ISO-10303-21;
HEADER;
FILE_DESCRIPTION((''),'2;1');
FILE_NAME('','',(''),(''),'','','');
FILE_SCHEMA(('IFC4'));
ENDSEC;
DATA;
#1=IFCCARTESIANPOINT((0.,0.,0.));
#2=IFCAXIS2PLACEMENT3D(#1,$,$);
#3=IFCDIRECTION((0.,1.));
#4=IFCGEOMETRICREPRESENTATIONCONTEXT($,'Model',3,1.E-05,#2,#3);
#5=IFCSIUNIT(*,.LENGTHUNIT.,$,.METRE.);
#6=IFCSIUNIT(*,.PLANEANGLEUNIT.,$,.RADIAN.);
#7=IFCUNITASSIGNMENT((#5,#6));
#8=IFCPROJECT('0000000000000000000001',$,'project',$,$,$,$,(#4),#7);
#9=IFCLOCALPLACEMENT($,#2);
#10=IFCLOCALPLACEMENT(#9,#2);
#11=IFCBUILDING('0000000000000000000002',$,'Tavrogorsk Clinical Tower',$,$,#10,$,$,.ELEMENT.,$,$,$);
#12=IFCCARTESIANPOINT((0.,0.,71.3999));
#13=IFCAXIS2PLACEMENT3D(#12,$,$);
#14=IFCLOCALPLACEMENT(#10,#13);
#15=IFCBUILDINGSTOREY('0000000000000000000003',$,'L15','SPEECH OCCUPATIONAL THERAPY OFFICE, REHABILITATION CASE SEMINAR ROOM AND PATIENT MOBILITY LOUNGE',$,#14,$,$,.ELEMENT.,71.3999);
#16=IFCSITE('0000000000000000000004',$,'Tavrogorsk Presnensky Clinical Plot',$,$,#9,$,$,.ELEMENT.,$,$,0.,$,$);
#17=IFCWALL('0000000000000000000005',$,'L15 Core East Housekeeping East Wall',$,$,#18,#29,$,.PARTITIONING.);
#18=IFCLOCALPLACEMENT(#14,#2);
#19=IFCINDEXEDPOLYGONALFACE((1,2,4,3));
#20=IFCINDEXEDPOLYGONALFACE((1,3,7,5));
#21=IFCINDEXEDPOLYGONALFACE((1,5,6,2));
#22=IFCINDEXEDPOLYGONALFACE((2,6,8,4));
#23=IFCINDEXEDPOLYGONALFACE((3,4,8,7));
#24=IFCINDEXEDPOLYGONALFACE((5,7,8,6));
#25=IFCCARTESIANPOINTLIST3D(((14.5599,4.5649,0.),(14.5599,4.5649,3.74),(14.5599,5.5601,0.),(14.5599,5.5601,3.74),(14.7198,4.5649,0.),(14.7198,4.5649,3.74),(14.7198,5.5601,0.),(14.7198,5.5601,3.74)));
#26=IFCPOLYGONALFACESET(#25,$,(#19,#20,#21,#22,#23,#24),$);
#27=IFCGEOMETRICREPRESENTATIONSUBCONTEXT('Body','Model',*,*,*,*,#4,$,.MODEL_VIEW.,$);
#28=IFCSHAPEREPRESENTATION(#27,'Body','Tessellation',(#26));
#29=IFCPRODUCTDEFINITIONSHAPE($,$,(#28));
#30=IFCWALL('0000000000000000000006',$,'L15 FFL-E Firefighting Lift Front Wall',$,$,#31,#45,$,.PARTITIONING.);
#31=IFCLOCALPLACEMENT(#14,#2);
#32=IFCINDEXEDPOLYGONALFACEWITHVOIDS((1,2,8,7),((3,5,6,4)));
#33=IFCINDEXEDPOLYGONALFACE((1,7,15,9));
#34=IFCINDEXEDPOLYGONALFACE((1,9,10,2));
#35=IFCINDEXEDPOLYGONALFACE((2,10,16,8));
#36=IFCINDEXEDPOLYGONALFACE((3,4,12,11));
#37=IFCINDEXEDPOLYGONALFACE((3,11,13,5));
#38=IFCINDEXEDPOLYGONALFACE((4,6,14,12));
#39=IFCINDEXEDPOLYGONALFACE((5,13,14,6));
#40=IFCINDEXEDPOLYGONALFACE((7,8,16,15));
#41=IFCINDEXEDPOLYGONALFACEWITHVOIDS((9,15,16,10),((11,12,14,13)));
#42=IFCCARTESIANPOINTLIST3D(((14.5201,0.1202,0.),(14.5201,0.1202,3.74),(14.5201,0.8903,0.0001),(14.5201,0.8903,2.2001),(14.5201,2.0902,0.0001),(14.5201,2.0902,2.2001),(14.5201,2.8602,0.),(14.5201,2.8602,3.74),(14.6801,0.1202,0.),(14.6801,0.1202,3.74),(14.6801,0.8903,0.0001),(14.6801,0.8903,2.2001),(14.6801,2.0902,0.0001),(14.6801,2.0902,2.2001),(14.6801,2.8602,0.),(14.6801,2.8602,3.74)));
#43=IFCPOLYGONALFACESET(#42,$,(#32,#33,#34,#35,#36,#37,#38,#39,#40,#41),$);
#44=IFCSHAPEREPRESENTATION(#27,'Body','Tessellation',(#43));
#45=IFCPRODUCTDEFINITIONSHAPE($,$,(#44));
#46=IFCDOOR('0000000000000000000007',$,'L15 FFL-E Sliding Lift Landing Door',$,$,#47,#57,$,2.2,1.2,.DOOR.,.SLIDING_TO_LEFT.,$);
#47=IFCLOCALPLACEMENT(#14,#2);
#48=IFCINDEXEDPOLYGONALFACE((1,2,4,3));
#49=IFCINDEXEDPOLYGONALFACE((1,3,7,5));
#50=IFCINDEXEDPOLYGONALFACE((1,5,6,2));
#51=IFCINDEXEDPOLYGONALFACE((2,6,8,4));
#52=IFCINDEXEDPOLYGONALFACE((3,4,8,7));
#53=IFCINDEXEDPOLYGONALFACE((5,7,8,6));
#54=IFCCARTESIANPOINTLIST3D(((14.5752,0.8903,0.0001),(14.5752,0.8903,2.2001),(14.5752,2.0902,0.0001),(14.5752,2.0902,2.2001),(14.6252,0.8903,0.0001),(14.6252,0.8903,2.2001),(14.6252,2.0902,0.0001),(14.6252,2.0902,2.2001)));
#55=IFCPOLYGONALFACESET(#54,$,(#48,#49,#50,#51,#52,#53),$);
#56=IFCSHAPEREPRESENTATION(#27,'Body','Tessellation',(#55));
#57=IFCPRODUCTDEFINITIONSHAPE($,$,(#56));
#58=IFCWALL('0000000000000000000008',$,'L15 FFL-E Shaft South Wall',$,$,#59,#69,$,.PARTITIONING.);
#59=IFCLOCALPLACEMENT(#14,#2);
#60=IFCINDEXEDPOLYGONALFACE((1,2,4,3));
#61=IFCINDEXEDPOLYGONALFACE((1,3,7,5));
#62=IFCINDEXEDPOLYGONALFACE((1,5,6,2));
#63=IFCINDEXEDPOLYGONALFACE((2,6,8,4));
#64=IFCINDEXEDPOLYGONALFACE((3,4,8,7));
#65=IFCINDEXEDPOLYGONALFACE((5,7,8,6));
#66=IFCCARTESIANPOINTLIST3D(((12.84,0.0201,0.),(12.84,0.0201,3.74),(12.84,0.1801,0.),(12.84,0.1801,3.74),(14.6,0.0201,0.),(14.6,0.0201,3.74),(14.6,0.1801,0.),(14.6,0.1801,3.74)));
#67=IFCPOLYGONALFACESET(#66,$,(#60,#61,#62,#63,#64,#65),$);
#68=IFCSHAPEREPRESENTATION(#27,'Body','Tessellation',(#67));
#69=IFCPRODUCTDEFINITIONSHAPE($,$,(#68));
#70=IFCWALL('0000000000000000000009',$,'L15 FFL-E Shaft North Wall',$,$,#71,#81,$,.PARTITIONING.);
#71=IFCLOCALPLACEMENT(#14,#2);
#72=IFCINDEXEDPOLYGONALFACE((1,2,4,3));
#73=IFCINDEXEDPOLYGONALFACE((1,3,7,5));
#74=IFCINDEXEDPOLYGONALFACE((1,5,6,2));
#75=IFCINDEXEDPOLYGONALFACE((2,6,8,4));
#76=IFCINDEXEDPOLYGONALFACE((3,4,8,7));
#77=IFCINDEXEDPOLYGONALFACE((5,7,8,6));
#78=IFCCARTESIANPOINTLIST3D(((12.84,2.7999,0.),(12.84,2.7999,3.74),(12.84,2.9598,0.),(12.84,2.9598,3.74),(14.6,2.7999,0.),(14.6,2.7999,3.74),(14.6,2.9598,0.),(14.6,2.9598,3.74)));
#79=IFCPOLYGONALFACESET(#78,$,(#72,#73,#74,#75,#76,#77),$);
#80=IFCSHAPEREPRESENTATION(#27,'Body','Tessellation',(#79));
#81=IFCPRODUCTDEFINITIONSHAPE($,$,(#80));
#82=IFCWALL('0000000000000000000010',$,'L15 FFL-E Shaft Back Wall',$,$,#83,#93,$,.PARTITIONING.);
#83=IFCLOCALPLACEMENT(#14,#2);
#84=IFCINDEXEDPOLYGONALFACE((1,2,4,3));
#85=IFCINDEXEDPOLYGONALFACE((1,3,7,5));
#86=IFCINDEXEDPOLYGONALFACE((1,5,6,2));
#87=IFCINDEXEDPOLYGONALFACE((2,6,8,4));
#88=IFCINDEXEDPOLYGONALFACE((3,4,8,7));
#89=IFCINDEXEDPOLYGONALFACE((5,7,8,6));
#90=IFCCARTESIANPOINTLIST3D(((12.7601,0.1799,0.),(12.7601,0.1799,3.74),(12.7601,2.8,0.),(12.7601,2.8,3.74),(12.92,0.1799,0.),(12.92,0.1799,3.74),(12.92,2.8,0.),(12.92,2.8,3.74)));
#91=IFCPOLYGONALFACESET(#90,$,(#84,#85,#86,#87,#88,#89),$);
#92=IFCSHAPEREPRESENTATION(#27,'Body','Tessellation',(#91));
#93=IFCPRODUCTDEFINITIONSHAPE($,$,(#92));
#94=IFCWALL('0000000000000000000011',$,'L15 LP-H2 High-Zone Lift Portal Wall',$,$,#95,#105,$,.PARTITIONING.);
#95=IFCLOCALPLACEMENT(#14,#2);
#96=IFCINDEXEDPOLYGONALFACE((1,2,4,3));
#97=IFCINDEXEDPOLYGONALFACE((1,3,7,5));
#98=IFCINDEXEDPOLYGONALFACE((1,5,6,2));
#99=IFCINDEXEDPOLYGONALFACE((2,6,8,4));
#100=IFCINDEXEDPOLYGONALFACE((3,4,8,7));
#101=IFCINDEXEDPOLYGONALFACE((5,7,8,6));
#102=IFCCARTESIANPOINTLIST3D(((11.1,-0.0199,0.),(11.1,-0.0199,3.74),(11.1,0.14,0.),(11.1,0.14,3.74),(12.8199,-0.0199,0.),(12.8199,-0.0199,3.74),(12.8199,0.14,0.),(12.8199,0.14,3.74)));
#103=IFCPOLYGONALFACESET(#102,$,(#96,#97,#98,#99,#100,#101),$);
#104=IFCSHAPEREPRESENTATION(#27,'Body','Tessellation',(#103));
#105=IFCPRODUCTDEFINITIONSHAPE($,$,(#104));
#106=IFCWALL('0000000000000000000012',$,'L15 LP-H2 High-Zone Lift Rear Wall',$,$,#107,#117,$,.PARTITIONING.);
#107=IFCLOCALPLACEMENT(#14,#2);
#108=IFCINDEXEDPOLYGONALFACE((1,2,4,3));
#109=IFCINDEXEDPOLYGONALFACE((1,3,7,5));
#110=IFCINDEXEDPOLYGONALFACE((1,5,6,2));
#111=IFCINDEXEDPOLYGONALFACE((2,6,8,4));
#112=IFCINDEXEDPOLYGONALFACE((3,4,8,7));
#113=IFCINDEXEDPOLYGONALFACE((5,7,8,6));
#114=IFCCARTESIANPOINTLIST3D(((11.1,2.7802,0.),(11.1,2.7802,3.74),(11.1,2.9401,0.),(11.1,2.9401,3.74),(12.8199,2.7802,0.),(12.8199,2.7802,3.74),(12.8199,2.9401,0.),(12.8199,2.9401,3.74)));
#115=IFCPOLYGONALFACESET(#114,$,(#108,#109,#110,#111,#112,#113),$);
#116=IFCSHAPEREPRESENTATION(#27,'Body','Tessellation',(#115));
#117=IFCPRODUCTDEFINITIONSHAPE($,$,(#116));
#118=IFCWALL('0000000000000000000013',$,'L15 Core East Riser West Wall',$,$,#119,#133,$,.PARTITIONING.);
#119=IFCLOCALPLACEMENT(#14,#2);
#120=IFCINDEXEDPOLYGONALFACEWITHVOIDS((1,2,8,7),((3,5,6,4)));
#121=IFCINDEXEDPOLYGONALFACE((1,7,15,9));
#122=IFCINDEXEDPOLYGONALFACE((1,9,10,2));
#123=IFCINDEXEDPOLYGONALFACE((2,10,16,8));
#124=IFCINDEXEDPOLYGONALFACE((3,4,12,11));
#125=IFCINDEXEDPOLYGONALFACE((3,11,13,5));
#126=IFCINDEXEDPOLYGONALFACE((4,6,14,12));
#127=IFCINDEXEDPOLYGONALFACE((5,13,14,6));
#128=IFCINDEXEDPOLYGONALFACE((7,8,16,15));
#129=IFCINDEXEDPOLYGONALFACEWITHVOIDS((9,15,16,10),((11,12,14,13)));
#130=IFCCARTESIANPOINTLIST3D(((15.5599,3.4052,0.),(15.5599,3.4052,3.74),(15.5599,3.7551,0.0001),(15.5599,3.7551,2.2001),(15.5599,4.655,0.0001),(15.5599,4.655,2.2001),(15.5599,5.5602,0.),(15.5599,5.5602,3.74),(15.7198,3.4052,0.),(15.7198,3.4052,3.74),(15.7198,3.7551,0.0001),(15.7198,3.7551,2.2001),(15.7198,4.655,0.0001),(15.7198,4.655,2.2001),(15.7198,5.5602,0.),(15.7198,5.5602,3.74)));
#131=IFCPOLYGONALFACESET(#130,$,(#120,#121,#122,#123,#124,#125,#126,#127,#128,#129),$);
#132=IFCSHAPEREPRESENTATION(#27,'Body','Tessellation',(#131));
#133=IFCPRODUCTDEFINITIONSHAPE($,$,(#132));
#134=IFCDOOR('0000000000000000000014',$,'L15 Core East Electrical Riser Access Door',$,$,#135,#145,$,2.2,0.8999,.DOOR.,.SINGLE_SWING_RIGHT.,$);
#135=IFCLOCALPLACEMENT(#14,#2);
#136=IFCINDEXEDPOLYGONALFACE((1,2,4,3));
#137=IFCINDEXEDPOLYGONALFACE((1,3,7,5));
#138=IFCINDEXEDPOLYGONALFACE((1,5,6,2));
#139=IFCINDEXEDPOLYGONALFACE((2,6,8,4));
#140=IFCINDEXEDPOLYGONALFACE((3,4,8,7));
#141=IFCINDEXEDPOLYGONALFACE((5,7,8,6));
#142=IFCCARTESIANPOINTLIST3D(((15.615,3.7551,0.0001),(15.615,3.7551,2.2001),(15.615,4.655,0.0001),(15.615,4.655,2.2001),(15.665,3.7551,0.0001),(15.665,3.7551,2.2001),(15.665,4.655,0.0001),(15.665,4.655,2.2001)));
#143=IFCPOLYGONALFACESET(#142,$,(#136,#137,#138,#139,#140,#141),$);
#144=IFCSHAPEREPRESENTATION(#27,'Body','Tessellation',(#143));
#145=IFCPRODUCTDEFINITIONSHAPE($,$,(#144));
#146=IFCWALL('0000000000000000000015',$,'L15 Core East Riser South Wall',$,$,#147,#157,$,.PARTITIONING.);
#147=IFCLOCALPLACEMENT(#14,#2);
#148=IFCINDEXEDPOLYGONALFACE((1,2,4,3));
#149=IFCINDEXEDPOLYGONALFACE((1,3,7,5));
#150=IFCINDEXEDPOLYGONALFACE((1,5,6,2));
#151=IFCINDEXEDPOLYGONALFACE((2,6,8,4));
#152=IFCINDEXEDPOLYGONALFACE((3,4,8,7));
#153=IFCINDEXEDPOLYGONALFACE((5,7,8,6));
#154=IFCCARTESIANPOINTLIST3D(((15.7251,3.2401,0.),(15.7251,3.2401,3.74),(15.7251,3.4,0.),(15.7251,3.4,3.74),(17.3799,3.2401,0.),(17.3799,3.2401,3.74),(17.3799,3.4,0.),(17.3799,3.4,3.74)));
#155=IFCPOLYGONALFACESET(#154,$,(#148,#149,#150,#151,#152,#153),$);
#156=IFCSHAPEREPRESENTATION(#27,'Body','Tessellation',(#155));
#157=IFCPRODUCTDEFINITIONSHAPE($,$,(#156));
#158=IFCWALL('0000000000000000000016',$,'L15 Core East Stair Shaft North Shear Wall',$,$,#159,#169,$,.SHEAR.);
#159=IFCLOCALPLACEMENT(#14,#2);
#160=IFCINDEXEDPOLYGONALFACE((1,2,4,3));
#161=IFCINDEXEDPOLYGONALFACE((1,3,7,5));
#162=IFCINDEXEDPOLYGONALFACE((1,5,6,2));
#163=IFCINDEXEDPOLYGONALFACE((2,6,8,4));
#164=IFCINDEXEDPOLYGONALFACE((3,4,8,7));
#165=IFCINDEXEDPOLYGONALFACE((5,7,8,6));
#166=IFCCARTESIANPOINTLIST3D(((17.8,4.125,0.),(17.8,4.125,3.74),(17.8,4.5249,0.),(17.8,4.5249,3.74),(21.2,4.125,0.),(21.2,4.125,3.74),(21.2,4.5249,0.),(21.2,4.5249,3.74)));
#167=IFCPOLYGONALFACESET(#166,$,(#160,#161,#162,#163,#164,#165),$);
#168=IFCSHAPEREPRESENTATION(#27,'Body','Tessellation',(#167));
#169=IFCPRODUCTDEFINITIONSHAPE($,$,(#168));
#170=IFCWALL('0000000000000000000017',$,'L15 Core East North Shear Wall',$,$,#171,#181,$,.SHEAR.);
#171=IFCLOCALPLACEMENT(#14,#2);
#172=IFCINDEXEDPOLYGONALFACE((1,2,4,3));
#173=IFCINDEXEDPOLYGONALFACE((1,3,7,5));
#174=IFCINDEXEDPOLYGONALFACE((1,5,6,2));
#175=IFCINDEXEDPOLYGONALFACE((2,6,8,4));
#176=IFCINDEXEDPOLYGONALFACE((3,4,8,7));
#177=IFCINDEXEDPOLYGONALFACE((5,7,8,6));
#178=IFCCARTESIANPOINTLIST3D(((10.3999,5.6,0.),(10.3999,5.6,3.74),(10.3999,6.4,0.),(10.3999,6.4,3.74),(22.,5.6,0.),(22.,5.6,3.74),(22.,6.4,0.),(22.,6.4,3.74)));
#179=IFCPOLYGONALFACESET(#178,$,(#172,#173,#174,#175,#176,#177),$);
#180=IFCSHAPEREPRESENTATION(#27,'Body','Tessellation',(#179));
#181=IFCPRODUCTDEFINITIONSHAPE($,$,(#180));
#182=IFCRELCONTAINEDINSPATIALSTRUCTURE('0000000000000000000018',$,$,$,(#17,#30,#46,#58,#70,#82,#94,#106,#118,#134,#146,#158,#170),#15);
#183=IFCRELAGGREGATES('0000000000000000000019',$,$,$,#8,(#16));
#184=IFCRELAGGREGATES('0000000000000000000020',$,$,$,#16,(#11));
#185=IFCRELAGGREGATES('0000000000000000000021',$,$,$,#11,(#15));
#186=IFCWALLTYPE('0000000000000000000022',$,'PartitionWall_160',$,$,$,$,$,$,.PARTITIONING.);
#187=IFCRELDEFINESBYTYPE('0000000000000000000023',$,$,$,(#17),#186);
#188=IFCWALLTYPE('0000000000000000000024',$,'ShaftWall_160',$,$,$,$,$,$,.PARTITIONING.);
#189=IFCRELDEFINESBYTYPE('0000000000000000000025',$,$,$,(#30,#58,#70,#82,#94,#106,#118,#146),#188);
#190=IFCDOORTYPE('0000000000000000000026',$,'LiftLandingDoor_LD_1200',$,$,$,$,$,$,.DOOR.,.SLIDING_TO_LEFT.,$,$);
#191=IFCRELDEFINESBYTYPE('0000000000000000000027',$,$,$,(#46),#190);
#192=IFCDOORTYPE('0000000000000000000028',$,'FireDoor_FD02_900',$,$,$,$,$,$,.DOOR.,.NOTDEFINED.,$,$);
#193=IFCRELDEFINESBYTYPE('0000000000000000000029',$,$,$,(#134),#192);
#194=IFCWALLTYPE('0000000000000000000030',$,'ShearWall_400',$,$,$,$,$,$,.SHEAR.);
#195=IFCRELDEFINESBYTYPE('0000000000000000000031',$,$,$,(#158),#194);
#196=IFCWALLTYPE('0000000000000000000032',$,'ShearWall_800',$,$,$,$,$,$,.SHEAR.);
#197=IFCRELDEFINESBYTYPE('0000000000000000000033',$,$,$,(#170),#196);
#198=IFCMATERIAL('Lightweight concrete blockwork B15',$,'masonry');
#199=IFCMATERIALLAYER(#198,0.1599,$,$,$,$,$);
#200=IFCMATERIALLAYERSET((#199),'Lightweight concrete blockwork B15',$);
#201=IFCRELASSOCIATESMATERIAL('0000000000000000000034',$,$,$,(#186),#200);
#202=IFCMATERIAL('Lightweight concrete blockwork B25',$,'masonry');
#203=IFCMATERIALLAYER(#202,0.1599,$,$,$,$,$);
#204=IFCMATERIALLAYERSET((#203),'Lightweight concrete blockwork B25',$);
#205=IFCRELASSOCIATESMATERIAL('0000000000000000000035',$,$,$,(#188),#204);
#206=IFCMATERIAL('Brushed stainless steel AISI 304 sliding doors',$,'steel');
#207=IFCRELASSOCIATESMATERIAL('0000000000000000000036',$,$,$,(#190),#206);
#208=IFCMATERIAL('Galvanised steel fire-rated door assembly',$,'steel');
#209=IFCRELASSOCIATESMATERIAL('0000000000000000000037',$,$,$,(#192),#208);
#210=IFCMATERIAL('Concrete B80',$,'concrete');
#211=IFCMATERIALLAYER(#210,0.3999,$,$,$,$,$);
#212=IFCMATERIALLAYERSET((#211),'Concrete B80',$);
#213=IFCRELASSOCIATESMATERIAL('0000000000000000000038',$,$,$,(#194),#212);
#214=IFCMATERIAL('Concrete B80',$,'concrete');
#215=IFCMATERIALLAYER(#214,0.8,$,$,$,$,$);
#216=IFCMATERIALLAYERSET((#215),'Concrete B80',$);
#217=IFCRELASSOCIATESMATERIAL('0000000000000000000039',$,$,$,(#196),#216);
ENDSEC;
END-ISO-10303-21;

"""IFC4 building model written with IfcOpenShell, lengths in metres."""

from ifc_helpers import new_model, si_unit, direction, frame, frame_2d, origin, place, context, subcontext, project, spatial, rectangle, extrude, material, layer, layer_set, type_object, element, fill, save


model = new_model("IFC4")

# Units and contexts
model_context = context("Model", 3, precision=1e-05, world=origin(), true_north=direction((0.0, 1.0)))
body_context = subcontext(model_context, "Body", "Model", "MODEL_VIEW")
ifc_project = project(units=[si_unit("LENGTHUNIT", "METRE"), si_unit("PLANEANGLEUNIT", "RADIAN")], contexts=[model_context])

# Site, building, storey
site_placement = place(None, origin())
site = spatial("IfcSite", under=ifc_project, at=site_placement, Name="Tavrogorsk Presnensky Clinical Plot", CompositionType="ELEMENT", RefElevation=0.0)
building_placement = place(site_placement, origin())
building = spatial("IfcBuilding", under=site, at=building_placement, Name="Tavrogorsk Clinical Tower", CompositionType="ELEMENT")
storey_placement = place(building_placement, frame((0.0, 0.0, 71.3999)))
storey = spatial("IfcBuildingStorey", under=building, at=storey_placement, Name="L15", Description="SPEECH OCCUPATIONAL THERAPY OFFICE, REHABILITATION CASE SEMINAR ROOM AND PATIENT MOBILITY LOUNGE", CompositionType="ELEMENT", Elevation=71.3999)

# Shared definitions
ifc_material_1 = material(Name="Lightweight concrete blockwork B15", Category="masonry")
ifc_layer_1 = layer(ifc_material_1, 0.1599)
ifc_layer_set_1 = layer_set([ifc_layer_1], Name="Lightweight concrete blockwork B15")
wall_type_1 = type_object("IfcWallType", Name="PartitionWall_160", PredefinedType="PARTITIONING", material=ifc_layer_set_1)

# Wall
wall_1_placement = place(storey_placement, frame((14.6399, 4.5649, 0.0), z_axis=(0.0, 0.0, 1.0), x_axis=(0.0, 1.0, 0.0)))
element("IfcWall", 1, at=wall_1_placement, inside=storey, type_object=wall_type_1, Name="L15 Core East Housekeeping East Wall", PredefinedType="PARTITIONING", context=body_context, shape_type="SweptSolid", body=[
    extrude(rectangle(XDim=0.9951, YDim=0.1599, at=frame_2d((0.4976, 0.0))), origin(), (0.0, 0.0, 1.0), 3.74),
])

# Wall, opening, door
ifc_material_2 = material(Name="Lightweight concrete blockwork B25", Category="masonry")
ifc_layer_2 = layer(ifc_material_2, 0.1599)
ifc_layer_set_2 = layer_set([ifc_layer_2], Name="Lightweight concrete blockwork B25")
wall_type_2 = type_object("IfcWallType", Name="ShaftWall_160", PredefinedType="PARTITIONING", material=ifc_layer_set_2)
wall_2_placement = place(storey_placement, frame((14.6001, 0.1201, 0.0), z_axis=(0.0, 0.0, 1.0), x_axis=(0.0, 1.0, 0.0)))
wall_2 = element("IfcWall", 2, at=wall_2_placement, inside=storey, type_object=wall_type_2, Name="L15 FFL-E Firefighting Lift Front Wall", PredefinedType="PARTITIONING", context=body_context, shape_type="SweptSolid", body=[
    extrude(rectangle(XDim=2.74, YDim=0.1599, at=frame_2d((1.3701, 0.0))), origin(), (0.0, 0.0, 1.0), 3.74),
])
opening_1_placement = place(wall_2_placement, frame((0.77, 0.0, 0.0)))
opening_1 = element("IfcOpeningElement", 3, at=opening_1_placement, cuts=wall_2, PredefinedType="OPENING", context=body_context, shape_type="SweptSolid", body=[
    extrude(rectangle(XDim=1.2, YDim=2.2, at=frame_2d((0.6001, 1.1001))), frame((0.0, 0.0898, 0.0), z_axis=(0.0, -1.0, 0.0), x_axis=(1.0, 0.0, 0.0)), (0.0, 0.0, 1.0), 0.1799),
])
ifc_material_3 = material(Name="Brushed stainless steel AISI 304 sliding doors", Category="steel")
door_type_1 = type_object("IfcDoorType", Name="LiftLandingDoor_LD_1200", OperationType="SLIDING_TO_LEFT", PredefinedType="DOOR", material=ifc_material_3)
door_1_placement = place(opening_1_placement, origin())
door_1 = element("IfcDoor", 4, at=door_1_placement, inside=storey, type_object=door_type_1, Name="L15 FFL-E Sliding Lift Landing Door", OperationType="SLIDING_TO_LEFT", OverallHeight=2.2, OverallWidth=1.2, PredefinedType="DOOR", context=body_context, shape_type="SweptSolid", body=[
    extrude(rectangle(XDim=1.2, YDim=2.2, at=frame_2d((0.6001, 1.1001))), frame((0.0, 0.0249, 0.0), z_axis=(0.0, -1.0, 0.0), x_axis=(1.0, 0.0, 0.0)), (0.0, 0.0, 1.0), 0.05),
])
fill(opening_1, door_1)

# Walls
for number, where, z_axis, x_axis, name in (
    (5, (12.8401, 0.1001, 0.0), (0.0, 0.0, 1.0), (1.0, 0.0, 0.0), "L15 FFL-E Shaft South Wall"),
    (6, (12.8401, 2.8799, 0.0), (0.0, 0.0, 1.0), (1.0, 0.0, 0.0), "L15 FFL-E Shaft North Wall"),
):
    element("IfcWall", number, at=place(storey_placement, frame(where, z_axis=z_axis, x_axis=x_axis)), inside=storey, type_object=wall_type_2, Name=name, PredefinedType="PARTITIONING", context=body_context, shape_type="SweptSolid", body=[
        extrude(rectangle(XDim=1.76, YDim=0.1599, at=frame_2d((0.8799, 0.0))), origin(), (0.0, 0.0, 1.0), 3.74),
    ])
wall_3_placement = place(storey_placement, frame((12.8401, 0.1799, 0.0), z_axis=(0.0, 0.0, 1.0), x_axis=(0.0, 1.0, 0.0)))
element("IfcWall", 7, at=wall_3_placement, inside=storey, type_object=wall_type_2, Name="L15 FFL-E Shaft Back Wall", PredefinedType="PARTITIONING", context=body_context, shape_type="SweptSolid", body=[
    extrude(rectangle(XDim=2.6201, YDim=0.1599, at=frame_2d((1.3101, 0.0))), origin(), (0.0, 0.0, 1.0), 3.74),
])
for number, where, z_axis, x_axis, name in (
    (8, (11.1001, 0.0601, 0.0), (0.0, 0.0, 1.0), (1.0, 0.0, 0.0), "L15 LP-H2 High-Zone Lift Portal Wall"),
    (9, (11.1001, 2.8601, 0.0), (0.0, 0.0, 1.0), (1.0, 0.0, 0.0), "L15 LP-H2 High-Zone Lift Rear Wall"),
):
    element("IfcWall", number, at=place(storey_placement, frame(where, z_axis=z_axis, x_axis=x_axis)), inside=storey, type_object=wall_type_2, Name=name, PredefinedType="PARTITIONING", context=body_context, shape_type="SweptSolid", body=[
        extrude(rectangle(XDim=1.72, YDim=0.1599, at=frame_2d((0.8599, 0.0))), origin(), (0.0, 0.0, 1.0), 3.74),
    ])

# Wall, opening, door
wall_4_placement = place(storey_placement, frame((15.6399, 3.405, 0.0), z_axis=(0.0, 0.0, 1.0), x_axis=(0.0, 1.0, 0.0)))
wall_4 = element("IfcWall", 10, at=wall_4_placement, inside=storey, type_object=wall_type_2, Name="L15 Core East Riser West Wall", PredefinedType="PARTITIONING", context=body_context, shape_type="SweptSolid", body=[
    extrude(rectangle(XDim=2.155, YDim=0.1599, at=frame_2d((1.0776, 0.0))), origin(), (0.0, 0.0, 1.0), 3.74),
])
opening_2_placement = place(wall_4_placement, frame((0.3501, 0.0, 0.0)))
opening_2 = element("IfcOpeningElement", 11, at=opening_2_placement, cuts=wall_4, PredefinedType="OPENING", context=body_context, shape_type="SweptSolid", body=[
    extrude(rectangle(XDim=0.8999, YDim=2.2, at=frame_2d((0.45, 1.1001))), frame((0.0, 0.0898, 0.0), z_axis=(0.0, -1.0, 0.0), x_axis=(1.0, 0.0, 0.0)), (0.0, 0.0, 1.0), 0.1799),
])
ifc_material_4 = material(Name="Galvanised steel fire-rated door assembly", Category="steel")
door_type_2 = type_object("IfcDoorType", Name="FireDoor_FD02_900", OperationType="NOTDEFINED", PredefinedType="DOOR", material=ifc_material_4)
door_2_placement = place(opening_2_placement, origin())
door_2 = element("IfcDoor", 12, at=door_2_placement, inside=storey, type_object=door_type_2, Name="L15 Core East Electrical Riser Access Door", OperationType="SINGLE_SWING_RIGHT", OverallHeight=2.2, OverallWidth=0.8999, PredefinedType="DOOR", context=body_context, shape_type="SweptSolid", body=[
    extrude(rectangle(XDim=0.8999, YDim=2.2, at=frame_2d((0.45, 1.1001))), frame((0.0, 0.0249, 0.0), z_axis=(0.0, -1.0, 0.0), x_axis=(1.0, 0.0, 0.0)), (0.0, 0.0, 1.0), 0.05),
])
fill(opening_2, door_2)

# Walls
wall_5_placement = place(storey_placement, frame((15.7251, 3.3201, 0.0), z_axis=(0.0, 0.0, 1.0), x_axis=(1.0, 0.0, 0.0)))
element("IfcWall", 13, at=wall_5_placement, inside=storey, type_object=wall_type_2, Name="L15 Core East Riser South Wall", PredefinedType="PARTITIONING", context=body_context, shape_type="SweptSolid", body=[
    extrude(rectangle(XDim=1.6548, YDim=0.1599, at=frame_2d((0.8274, 0.0))), origin(), (0.0, 0.0, 1.0), 3.74),
])
ifc_material_5 = material(Name="Concrete B80", Category="concrete")
ifc_layer_3 = layer(ifc_material_5, 0.3999)
ifc_layer_set_3 = layer_set([ifc_layer_3], Name="Concrete B80")
wall_type_3 = type_object("IfcWallType", Name="ShearWall_400", PredefinedType="SHEAR", material=ifc_layer_set_3)
wall_6_placement = place(storey_placement, frame((17.8, 4.325, 0.0), z_axis=(0.0, 0.0, 1.0), x_axis=(1.0, 0.0, 0.0)))
element("IfcWall", 14, at=wall_6_placement, inside=storey, type_object=wall_type_3, Name="L15 Core East Stair Shaft North Shear Wall", PredefinedType="SHEAR", context=body_context, shape_type="SweptSolid", body=[
    extrude(rectangle(XDim=3.3999, YDim=0.3999, at=frame_2d((1.7, 0.0))), origin(), (0.0, 0.0, 1.0), 3.74),
])
ifc_material_6 = material(Name="Concrete B80", Category="concrete")
ifc_layer_4 = layer(ifc_material_6, 0.8)
ifc_layer_set_4 = layer_set([ifc_layer_4], Name="Concrete B80")
wall_type_4 = type_object("IfcWallType", Name="ShearWall_800", PredefinedType="SHEAR", material=ifc_layer_set_4)
wall_7_placement = place(storey_placement, frame((10.3999, 6.0, 0.0), z_axis=(0.0, 0.0, 1.0), x_axis=(1.0, 0.0, 0.0)))
element("IfcWall", 15, at=wall_7_placement, inside=storey, type_object=wall_type_4, Name="L15 Core East North Shear Wall", PredefinedType="SHEAR", context=body_context, shape_type="SweptSolid", body=[
    extrude(rectangle(XDim=11.6001, YDim=0.8, at=frame_2d((5.8, 0.0))), origin(), (0.0, 0.0, 1.0), 3.74),
])

save(model, "model.ifc")
